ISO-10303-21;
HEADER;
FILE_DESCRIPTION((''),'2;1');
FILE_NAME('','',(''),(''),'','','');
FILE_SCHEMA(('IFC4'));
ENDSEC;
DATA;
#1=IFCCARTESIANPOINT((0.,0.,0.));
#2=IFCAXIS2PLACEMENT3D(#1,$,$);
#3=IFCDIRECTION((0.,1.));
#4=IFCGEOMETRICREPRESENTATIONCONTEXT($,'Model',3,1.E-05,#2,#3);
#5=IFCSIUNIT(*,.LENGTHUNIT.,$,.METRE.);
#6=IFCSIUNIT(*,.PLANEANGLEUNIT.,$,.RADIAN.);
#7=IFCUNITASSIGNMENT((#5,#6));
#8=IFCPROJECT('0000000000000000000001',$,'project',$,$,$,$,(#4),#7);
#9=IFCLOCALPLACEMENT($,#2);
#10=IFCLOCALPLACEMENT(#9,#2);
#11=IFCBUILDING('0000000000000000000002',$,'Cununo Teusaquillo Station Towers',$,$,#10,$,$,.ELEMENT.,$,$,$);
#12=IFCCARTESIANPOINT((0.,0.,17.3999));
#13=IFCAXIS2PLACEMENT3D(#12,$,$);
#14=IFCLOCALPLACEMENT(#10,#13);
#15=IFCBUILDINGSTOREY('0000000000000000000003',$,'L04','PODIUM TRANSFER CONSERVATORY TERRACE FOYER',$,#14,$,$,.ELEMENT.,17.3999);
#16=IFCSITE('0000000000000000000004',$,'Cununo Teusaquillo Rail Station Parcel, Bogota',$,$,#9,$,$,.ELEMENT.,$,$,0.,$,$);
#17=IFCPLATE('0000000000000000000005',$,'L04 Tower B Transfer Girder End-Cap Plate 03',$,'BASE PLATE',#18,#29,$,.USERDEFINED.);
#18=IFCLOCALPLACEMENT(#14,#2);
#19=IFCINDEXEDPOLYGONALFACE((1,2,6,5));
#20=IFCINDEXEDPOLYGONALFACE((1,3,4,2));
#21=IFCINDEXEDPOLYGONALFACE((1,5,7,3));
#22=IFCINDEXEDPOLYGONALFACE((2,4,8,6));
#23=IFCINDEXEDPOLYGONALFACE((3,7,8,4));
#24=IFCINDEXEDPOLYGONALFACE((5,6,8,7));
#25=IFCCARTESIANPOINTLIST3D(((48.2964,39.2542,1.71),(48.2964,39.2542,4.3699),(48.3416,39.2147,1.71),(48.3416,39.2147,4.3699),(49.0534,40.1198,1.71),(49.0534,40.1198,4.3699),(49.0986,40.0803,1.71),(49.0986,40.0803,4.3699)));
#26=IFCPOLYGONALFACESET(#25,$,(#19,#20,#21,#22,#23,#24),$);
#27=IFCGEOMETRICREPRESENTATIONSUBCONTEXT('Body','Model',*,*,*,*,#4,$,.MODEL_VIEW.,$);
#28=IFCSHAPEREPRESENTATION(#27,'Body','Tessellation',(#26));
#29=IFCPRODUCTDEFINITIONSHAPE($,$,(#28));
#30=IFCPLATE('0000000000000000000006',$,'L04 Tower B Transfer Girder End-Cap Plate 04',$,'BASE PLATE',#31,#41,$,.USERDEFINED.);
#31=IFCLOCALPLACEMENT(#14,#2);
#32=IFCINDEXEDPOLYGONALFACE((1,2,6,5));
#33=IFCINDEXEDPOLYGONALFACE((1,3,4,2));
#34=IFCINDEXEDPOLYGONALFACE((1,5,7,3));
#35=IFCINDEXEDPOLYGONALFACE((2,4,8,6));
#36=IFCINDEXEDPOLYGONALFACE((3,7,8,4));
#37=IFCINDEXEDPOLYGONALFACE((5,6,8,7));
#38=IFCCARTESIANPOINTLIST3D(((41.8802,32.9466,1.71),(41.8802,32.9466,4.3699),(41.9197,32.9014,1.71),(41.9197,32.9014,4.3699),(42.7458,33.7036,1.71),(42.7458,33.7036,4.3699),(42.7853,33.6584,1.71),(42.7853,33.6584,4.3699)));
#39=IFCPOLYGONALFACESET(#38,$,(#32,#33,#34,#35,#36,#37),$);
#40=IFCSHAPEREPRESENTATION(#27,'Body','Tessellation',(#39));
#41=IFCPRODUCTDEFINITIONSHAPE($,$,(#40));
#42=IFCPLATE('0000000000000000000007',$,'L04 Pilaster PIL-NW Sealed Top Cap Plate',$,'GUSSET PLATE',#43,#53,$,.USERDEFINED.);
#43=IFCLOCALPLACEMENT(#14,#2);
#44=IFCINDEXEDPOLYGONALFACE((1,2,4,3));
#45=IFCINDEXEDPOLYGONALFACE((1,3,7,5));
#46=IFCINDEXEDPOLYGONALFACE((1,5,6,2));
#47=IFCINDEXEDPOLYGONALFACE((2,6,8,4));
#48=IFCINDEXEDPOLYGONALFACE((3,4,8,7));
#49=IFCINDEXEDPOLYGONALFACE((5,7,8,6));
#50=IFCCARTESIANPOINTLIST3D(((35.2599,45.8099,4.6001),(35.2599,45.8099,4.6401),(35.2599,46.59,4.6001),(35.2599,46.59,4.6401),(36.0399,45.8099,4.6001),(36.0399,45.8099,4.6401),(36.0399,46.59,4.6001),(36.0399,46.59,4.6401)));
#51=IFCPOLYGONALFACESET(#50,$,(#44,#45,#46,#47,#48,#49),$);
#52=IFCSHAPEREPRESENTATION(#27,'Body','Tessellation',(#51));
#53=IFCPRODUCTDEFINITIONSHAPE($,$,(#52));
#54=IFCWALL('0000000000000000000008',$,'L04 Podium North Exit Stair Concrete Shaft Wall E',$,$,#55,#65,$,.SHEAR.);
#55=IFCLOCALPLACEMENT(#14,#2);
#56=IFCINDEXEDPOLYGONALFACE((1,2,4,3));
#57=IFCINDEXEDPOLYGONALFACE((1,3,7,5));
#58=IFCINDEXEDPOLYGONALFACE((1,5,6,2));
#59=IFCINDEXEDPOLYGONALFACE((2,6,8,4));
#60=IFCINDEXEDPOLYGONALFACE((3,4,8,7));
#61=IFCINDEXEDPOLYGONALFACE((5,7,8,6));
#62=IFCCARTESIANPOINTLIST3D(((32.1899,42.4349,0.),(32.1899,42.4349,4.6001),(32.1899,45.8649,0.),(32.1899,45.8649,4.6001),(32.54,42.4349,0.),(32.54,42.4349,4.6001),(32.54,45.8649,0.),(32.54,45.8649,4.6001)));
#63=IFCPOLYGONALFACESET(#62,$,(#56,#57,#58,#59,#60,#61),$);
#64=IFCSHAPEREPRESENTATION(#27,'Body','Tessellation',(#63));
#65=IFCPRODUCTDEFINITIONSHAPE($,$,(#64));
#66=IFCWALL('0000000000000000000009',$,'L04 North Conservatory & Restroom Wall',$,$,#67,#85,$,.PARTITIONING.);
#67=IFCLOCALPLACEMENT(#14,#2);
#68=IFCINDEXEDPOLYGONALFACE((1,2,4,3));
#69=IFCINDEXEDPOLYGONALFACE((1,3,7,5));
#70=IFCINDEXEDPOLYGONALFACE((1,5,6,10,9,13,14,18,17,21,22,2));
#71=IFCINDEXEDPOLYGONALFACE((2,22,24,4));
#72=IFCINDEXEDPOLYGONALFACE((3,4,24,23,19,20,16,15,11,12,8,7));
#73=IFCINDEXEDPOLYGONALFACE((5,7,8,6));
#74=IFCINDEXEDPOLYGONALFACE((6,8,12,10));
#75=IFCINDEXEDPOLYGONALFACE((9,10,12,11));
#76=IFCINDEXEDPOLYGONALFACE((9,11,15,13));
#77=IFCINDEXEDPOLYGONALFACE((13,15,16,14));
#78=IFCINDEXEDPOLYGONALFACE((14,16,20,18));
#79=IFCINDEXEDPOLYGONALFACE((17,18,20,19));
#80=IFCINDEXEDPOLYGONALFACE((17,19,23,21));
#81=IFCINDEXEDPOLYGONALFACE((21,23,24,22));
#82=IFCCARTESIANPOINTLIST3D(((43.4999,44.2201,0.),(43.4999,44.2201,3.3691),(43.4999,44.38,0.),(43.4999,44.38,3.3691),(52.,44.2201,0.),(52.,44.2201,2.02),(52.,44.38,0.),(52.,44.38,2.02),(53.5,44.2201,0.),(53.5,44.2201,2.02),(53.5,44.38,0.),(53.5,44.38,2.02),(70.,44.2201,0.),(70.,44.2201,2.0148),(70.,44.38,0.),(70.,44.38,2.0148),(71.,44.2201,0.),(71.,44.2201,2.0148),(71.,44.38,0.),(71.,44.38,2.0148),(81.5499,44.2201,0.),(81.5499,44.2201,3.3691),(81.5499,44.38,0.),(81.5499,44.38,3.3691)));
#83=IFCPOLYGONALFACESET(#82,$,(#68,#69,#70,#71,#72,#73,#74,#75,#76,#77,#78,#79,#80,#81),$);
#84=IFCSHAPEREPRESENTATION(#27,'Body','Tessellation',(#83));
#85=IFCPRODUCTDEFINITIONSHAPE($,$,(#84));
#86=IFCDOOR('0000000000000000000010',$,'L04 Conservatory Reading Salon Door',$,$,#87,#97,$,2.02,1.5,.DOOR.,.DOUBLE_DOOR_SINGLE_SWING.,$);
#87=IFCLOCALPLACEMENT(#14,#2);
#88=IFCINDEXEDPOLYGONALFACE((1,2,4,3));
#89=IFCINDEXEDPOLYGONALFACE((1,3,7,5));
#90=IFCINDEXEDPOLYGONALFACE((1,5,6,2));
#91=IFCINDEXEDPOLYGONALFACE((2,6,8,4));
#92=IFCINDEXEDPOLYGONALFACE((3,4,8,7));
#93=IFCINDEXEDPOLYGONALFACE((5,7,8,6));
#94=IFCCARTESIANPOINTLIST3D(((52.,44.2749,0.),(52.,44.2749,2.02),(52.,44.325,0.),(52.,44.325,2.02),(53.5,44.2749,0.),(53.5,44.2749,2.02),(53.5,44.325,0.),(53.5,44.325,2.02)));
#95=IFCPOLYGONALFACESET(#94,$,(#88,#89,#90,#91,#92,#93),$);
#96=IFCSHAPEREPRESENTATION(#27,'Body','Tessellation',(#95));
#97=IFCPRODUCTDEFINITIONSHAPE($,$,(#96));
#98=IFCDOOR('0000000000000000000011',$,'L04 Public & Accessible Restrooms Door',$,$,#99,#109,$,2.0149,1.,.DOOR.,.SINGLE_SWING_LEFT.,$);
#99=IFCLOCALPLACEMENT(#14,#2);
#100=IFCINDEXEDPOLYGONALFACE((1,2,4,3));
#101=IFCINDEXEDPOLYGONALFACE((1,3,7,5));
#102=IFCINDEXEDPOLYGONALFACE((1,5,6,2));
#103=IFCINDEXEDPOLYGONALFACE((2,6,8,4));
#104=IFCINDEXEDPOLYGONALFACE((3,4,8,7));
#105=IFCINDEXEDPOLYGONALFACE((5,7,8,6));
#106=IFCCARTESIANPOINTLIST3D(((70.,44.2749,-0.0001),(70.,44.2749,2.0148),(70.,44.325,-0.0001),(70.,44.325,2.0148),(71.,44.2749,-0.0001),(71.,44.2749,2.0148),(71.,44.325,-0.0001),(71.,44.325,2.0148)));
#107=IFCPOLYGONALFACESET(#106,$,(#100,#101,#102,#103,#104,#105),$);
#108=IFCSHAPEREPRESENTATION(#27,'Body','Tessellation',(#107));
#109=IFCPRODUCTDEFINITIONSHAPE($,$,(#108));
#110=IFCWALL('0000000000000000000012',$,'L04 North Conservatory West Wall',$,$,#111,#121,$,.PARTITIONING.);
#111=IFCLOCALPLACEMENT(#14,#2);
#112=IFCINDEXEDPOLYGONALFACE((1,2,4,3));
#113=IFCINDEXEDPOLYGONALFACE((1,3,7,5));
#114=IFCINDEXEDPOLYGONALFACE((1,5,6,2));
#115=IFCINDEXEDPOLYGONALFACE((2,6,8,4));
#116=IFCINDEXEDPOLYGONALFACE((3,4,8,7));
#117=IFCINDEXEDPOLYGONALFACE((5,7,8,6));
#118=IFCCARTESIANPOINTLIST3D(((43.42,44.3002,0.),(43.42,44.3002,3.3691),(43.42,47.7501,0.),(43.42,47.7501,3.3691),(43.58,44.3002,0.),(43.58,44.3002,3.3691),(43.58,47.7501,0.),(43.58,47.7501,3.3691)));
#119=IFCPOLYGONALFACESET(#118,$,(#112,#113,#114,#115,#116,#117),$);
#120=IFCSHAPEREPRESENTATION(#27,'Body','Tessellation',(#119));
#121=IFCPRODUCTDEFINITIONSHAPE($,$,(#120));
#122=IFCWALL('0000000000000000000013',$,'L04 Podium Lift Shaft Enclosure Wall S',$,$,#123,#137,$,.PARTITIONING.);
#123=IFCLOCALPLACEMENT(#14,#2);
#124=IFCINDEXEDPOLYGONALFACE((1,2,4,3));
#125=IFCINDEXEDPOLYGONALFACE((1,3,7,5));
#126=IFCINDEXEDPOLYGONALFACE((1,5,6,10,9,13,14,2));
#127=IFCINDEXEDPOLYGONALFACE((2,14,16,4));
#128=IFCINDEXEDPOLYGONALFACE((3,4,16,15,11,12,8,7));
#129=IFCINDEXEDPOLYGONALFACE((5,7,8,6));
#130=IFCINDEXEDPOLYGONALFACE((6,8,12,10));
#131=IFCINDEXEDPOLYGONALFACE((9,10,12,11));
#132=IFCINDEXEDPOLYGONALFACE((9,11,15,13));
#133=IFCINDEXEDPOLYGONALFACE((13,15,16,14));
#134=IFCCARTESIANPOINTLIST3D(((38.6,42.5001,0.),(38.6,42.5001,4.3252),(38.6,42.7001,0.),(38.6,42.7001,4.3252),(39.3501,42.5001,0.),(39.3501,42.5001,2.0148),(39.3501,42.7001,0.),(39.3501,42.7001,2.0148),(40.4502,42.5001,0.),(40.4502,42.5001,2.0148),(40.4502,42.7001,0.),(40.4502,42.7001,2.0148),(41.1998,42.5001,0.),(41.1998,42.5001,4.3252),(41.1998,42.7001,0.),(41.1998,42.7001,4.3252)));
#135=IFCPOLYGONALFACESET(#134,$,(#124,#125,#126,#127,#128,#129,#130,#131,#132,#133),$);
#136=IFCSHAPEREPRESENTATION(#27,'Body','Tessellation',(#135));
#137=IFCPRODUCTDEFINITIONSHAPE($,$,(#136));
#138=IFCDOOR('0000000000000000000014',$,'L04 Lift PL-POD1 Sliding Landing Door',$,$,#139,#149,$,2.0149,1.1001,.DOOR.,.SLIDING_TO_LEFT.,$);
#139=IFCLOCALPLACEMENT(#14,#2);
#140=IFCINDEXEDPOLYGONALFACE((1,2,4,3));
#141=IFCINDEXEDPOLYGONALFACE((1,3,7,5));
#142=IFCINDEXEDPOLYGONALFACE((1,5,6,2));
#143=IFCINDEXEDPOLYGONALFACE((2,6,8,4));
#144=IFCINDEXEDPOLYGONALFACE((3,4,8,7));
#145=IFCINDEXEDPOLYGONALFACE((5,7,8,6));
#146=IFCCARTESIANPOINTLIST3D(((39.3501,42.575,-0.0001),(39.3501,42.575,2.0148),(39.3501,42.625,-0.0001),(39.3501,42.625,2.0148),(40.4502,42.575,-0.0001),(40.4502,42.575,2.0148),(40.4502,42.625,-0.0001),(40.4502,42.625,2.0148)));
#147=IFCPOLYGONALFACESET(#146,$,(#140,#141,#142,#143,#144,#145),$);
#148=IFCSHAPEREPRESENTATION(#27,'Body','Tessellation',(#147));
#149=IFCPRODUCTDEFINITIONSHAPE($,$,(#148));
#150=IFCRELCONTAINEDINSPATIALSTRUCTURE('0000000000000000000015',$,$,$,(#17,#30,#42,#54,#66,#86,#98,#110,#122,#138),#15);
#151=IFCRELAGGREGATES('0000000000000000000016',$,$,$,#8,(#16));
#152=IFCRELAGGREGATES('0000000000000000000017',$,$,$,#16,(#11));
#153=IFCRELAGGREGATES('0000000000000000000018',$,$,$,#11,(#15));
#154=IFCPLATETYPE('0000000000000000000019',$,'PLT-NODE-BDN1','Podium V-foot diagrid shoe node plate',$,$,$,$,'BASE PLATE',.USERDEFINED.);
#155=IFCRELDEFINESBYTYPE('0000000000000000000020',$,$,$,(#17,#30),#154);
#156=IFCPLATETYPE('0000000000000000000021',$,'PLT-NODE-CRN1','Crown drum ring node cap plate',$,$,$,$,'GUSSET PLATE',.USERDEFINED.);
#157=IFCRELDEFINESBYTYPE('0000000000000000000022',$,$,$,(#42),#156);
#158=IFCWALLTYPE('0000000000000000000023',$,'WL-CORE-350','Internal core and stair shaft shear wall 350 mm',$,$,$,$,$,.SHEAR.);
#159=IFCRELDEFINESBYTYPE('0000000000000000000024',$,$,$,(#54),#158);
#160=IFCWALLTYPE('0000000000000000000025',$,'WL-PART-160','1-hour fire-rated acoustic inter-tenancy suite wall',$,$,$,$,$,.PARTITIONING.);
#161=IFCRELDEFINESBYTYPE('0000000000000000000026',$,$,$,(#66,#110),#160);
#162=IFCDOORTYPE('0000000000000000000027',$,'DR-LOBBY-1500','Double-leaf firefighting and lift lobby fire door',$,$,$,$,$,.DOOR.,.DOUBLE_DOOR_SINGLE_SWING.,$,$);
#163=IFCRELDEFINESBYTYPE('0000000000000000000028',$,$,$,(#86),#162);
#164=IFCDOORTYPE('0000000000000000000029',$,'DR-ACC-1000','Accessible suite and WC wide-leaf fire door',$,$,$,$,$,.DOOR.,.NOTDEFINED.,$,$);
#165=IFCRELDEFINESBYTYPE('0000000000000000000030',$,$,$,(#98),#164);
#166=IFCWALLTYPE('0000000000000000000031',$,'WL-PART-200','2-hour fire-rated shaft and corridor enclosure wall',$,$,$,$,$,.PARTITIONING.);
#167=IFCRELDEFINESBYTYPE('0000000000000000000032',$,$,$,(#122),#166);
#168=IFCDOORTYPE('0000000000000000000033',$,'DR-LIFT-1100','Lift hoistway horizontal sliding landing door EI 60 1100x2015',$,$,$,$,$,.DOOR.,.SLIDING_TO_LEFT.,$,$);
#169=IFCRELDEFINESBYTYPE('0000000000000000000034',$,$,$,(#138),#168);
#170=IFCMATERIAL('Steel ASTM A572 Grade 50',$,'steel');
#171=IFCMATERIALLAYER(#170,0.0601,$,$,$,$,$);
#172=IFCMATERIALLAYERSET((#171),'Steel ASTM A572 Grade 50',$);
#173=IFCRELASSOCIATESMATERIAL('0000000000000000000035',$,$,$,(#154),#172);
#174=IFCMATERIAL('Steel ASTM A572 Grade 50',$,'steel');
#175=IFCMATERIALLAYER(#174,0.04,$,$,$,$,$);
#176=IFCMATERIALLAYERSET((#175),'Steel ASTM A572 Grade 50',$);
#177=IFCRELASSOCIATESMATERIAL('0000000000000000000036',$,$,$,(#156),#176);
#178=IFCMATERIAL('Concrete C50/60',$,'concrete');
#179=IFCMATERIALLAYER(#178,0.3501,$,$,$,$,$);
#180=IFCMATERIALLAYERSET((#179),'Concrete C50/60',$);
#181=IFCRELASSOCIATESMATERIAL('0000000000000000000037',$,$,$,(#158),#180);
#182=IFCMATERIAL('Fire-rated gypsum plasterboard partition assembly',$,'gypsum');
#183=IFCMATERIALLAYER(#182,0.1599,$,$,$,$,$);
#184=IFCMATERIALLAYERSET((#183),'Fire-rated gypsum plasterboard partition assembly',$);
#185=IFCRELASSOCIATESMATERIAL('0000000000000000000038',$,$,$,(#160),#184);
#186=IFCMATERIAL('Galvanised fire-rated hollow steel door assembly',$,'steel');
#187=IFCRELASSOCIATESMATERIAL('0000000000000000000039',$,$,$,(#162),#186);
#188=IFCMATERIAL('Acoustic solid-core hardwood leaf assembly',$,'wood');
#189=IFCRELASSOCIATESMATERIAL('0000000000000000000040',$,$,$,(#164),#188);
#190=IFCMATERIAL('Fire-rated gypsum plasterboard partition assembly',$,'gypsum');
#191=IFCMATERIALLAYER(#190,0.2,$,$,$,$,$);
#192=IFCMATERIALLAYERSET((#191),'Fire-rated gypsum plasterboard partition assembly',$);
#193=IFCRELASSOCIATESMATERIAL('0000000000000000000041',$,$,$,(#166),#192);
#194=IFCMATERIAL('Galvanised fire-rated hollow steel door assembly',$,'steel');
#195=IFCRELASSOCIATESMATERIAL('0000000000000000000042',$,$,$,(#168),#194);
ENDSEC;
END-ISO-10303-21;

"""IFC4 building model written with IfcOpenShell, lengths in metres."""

from ifc_helpers import new_model, si_unit, direction, frame, frame_2d, origin, origin_2d, place, context, subcontext, project, spatial, rectangle, extrude, source, transform, mapped, material, layer, layer_set, type_object, element, fill, save


model = new_model("IFC4")

# Units and contexts
model_context = context("Model", 3, precision=1e-05, world=origin(), true_north=direction((0.0, 1.0)))
body_context = subcontext(model_context, "Body", "Model", "MODEL_VIEW")
ifc_project = project(units=[si_unit("LENGTHUNIT", "METRE"), si_unit("PLANEANGLEUNIT", "RADIAN")], contexts=[model_context])

# Site, building, storey
site_placement = place(None, origin())
site = spatial("IfcSite", under=ifc_project, at=site_placement, Name="Cununo Teusaquillo Rail Station Parcel, Bogota", CompositionType="ELEMENT", RefElevation=0.0)
building_placement = place(site_placement, origin())
building = spatial("IfcBuilding", under=site, at=building_placement, Name="Cununo Teusaquillo Station Towers", CompositionType="ELEMENT")
storey_placement = place(building_placement, frame((0.0, 0.0, 17.3999)))
storey = spatial("IfcBuildingStorey", under=building, at=storey_placement, Name="L04", Description="PODIUM TRANSFER CONSERVATORY TERRACE FOYER", CompositionType="ELEMENT", Elevation=17.3999)

# Plates
ifc_material_1 = material(Name="Steel ASTM A572 Grade 50", Category="steel")
ifc_layer_1 = layer(ifc_material_1, 0.0601)
ifc_layer_set_1 = layer_set([ifc_layer_1], Name="Steel ASTM A572 Grade 50")
plate_type_1 = type_object("IfcPlateType", Name="PLT-NODE-BDN1", Description="Podium V-foot diagrid shoe node plate", ElementType="BASE PLATE", PredefinedType="USERDEFINED", material=ifc_layer_set_1)
shared_shape_1 = source(origin(), body_context, "Body", "SweptSolid", [
    extrude(rectangle(XDim=0.0601, YDim=1.1499, at=origin_2d()), origin(), (0.0, 0.0, 1.0), 2.6599),
])
for number, where, z_axis, x_axis, name in (
    (1, (48.6975, 39.6672, 1.71), (0.0, 0.0, 1.0), (-0.75276, 0.658295, 0.0), "L04 Tower B Transfer Girder End-Cap Plate 03"),
    (2, (42.3328, 33.3025, 1.71), (0.0, 0.0, 1.0), (-0.658295, 0.75276, 0.0), "L04 Tower B Transfer Girder End-Cap Plate 04"),
):
    element("IfcPlate", number, at=place(storey_placement, frame(where, z_axis=z_axis, x_axis=x_axis)), inside=storey, type_object=plate_type_1, Name=name, ObjectType="BASE PLATE", PredefinedType="USERDEFINED", context=body_context, shape_type="MappedRepresentation", body=[
        mapped(shared_shape_1, transform((0.0, 0.0, 0.0), x_axis=(1.0, 0.0, 0.0), y_axis=(0.0, 1.0, 0.0), z_axis=(0.0, 0.0, 1.0), scale=1.0)),
    ])
ifc_material_2 = material(Name="Steel ASTM A572 Grade 50", Category="steel")
ifc_layer_2 = layer(ifc_material_2, 0.04)
ifc_layer_set_2 = layer_set([ifc_layer_2], Name="Steel ASTM A572 Grade 50")
plate_type_2 = type_object("IfcPlateType", Name="PLT-NODE-CRN1", Description="Crown drum ring node cap plate", ElementType="GUSSET PLATE", PredefinedType="USERDEFINED", material=ifc_layer_set_2)
shared_shape_2 = source(origin(), body_context, "Body", "SweptSolid", [
    extrude(rectangle(XDim=0.78, YDim=0.78, at=origin_2d()), origin(), (0.0, 0.0, 1.0), 0.04),
])
plate_placement = place(storey_placement, frame((35.6499, 46.2, 4.6001), z_axis=(0.0, 0.0, 1.0), x_axis=(1.0, 0.0, 0.0)))
element("IfcPlate", 3, at=plate_placement, inside=storey, type_object=plate_type_2, Name="L04 Pilaster PIL-NW Sealed Top Cap Plate", ObjectType="GUSSET PLATE", PredefinedType="USERDEFINED", context=body_context, shape_type="MappedRepresentation", body=[
    mapped(shared_shape_2, transform((0.0, 0.0, 0.0), x_axis=(1.0, 0.0, 0.0), y_axis=(0.0, 1.0, 0.0), z_axis=(0.0, 0.0, 1.0), scale=1.0)),
])

# Wall
ifc_material_3 = material(Name="Concrete C50/60", Category="concrete")
ifc_layer_3 = layer(ifc_material_3, 0.3501)
ifc_layer_set_3 = layer_set([ifc_layer_3], Name="Concrete C50/60")
wall_type_1 = type_object("IfcWallType", Name="WL-CORE-350", Description="Internal core and stair shaft shear wall 350 mm", PredefinedType="SHEAR", material=ifc_layer_set_3)
wall_1_placement = place(storey_placement, frame((32.365, 42.4351, 0.0), z_axis=(0.0, 0.0, 1.0), x_axis=(0.0, 1.0, 0.0)))
element("IfcWall", 4, at=wall_1_placement, inside=storey, type_object=wall_type_1, Name="L04 Podium North Exit Stair Concrete Shaft Wall E", PredefinedType="SHEAR", context=body_context, shape_type="SweptSolid", body=[
    extrude(rectangle(XDim=3.4299, YDim=0.3501, at=frame_2d((1.7148, 0.0))), origin(), (0.0, 0.0, 1.0), 4.6001),
])

# Wall, openings, doors
ifc_material_4 = material(Name="Fire-rated gypsum plasterboard partition assembly", Category="gypsum")
ifc_layer_4 = layer(ifc_material_4, 0.1599)
ifc_layer_set_4 = layer_set([ifc_layer_4], Name="Fire-rated gypsum plasterboard partition assembly")
wall_type_2 = type_object("IfcWallType", Name="WL-PART-160", Description="1-hour fire-rated acoustic inter-tenancy suite wall", PredefinedType="PARTITIONING", material=ifc_layer_set_4)
wall_2_placement = place(storey_placement, frame((43.5, 44.3, 0.0), z_axis=(0.0, 0.0, 1.0), x_axis=(1.0, 0.0, 0.0)))
wall_2 = element("IfcWall", 5, at=wall_2_placement, inside=storey, type_object=wall_type_2, Name="L04 North Conservatory & Restroom Wall", PredefinedType="PARTITIONING", context=body_context, shape_type="SweptSolid", body=[
    extrude(rectangle(XDim=38.05, YDim=0.1599, at=frame_2d((19.0249, 0.0))), origin(), (0.0, 0.0, 1.0), 3.3691),
])
shared_shape_3 = source(origin(), body_context, "Body", "SweptSolid", [
    extrude(rectangle(XDim=1.5, YDim=2.02, at=frame_2d((0.75, 1.01))), frame((0.0, 0.0898, 0.0), z_axis=(0.0, -1.0, 0.0), x_axis=(1.0, 0.0, 0.0)), (0.0, 0.0, 1.0), 0.1799),
])
opening_1_placement = place(wall_2_placement, frame((8.5, 0.0, 0.0)))
opening_1 = element("IfcOpeningElement", 6, at=opening_1_placement, cuts=wall_2, PredefinedType="OPENING", context=body_context, shape_type="MappedRepresentation", body=[
    mapped(shared_shape_3, transform((0.0, 0.0, 0.0), x_axis=(1.0, 0.0, 0.0), y_axis=(0.0, 1.0, 0.0), z_axis=(0.0, 0.0, 1.0), scale=1.0)),
])
shared_shape_4 = source(origin(), body_context, "Body", "SweptSolid", [
    extrude(rectangle(XDim=1.0, YDim=2.0149, at=frame_2d((0.5, 1.0073))), frame((0.0, 0.0898, 0.0), z_axis=(0.0, -1.0, 0.0), x_axis=(1.0, 0.0, 0.0)), (0.0, 0.0, 1.0), 0.1799),
])
opening_2_placement = place(wall_2_placement, frame((26.5, 0.0, 0.0)))
opening_2 = element("IfcOpeningElement", 7, at=opening_2_placement, cuts=wall_2, PredefinedType="OPENING", context=body_context, shape_type="MappedRepresentation", body=[
    mapped(shared_shape_4, transform((0.0, 0.0, 0.0), x_axis=(1.0, 0.0, 0.0), y_axis=(0.0, 1.0, 0.0), z_axis=(0.0, 0.0, 1.0), scale=1.0)),
])
ifc_material_5 = material(Name="Galvanised fire-rated hollow steel door assembly", Category="steel")
door_type_1 = type_object("IfcDoorType", Name="DR-LOBBY-1500", Description="Double-leaf firefighting and lift lobby fire door", OperationType="DOUBLE_DOOR_SINGLE_SWING", PredefinedType="DOOR", material=ifc_material_5)
shared_shape_5 = source(origin(), body_context, "Body", "SweptSolid", [
    extrude(rectangle(XDim=1.5, YDim=2.02, at=frame_2d((0.75, 1.01))), frame((0.0, 0.0249, 0.0), z_axis=(0.0, -1.0, 0.0), x_axis=(1.0, 0.0, 0.0)), (0.0, 0.0, 1.0), 0.05),
])
door_1_placement = place(opening_1_placement, origin())
door_1 = element("IfcDoor", 8, at=door_1_placement, inside=storey, type_object=door_type_1, Name="L04 Conservatory Reading Salon Door", OperationType="DOUBLE_DOOR_SINGLE_SWING", OverallHeight=2.02, OverallWidth=1.5, PredefinedType="DOOR", context=body_context, shape_type="MappedRepresentation", body=[
    mapped(shared_shape_5, transform((0.0, 0.0, 0.0), x_axis=(1.0, 0.0, 0.0), y_axis=(0.0, 1.0, 0.0), z_axis=(0.0, 0.0, 1.0), scale=1.0)),
])
fill(opening_1, door_1)
ifc_material_6 = material(Name="Acoustic solid-core hardwood leaf assembly", Category="wood")
door_type_2 = type_object("IfcDoorType", Name="DR-ACC-1000", Description="Accessible suite and WC wide-leaf fire door", OperationType="NOTDEFINED", PredefinedType="DOOR", material=ifc_material_6)
shared_shape_6 = source(origin(), body_context, "Body", "SweptSolid", [
    extrude(rectangle(XDim=1.0, YDim=2.0149, at=frame_2d((0.5, 1.0073))), frame((0.0, 0.0249, 0.0), z_axis=(0.0, -1.0, 0.0), x_axis=(1.0, 0.0, 0.0)), (0.0, 0.0, 1.0), 0.05),
])
door_2_placement = place(opening_2_placement, origin())
door_2 = element("IfcDoor", 9, at=door_2_placement, inside=storey, type_object=door_type_2, Name="L04 Public & Accessible Restrooms Door", OperationType="SINGLE_SWING_LEFT", OverallHeight=2.0149, OverallWidth=1.0, PredefinedType="DOOR", context=body_context, shape_type="MappedRepresentation", body=[
    mapped(shared_shape_6, transform((0.0, 0.0, 0.0), x_axis=(1.0, 0.0, 0.0), y_axis=(0.0, 1.0, 0.0), z_axis=(0.0, 0.0, 1.0), scale=1.0)),
])
fill(opening_2, door_2)

# Wall
wall_3_placement = place(storey_placement, frame((43.5, 44.3, 0.0), z_axis=(0.0, 0.0, 1.0), x_axis=(0.0, 1.0, 0.0)))
element("IfcWall", 10, at=wall_3_placement, inside=storey, type_object=wall_type_2, Name="L04 North Conservatory West Wall", PredefinedType="PARTITIONING", context=body_context, shape_type="SweptSolid", body=[
    extrude(rectangle(XDim=3.45, YDim=0.1599, at=frame_2d((1.7251, 0.0))), origin(), (0.0, 0.0, 1.0), 3.3691),
])

# Wall, opening, door
ifc_material_7 = material(Name="Fire-rated gypsum plasterboard partition assembly", Category="gypsum")
ifc_layer_5 = layer(ifc_material_7, 0.2)
ifc_layer_set_5 = layer_set([ifc_layer_5], Name="Fire-rated gypsum plasterboard partition assembly")
wall_type_3 = type_object("IfcWallType", Name="WL-PART-200", Description="2-hour fire-rated shaft and corridor enclosure wall", PredefinedType="PARTITIONING", material=ifc_layer_set_5)
wall_4_placement = place(storey_placement, frame((38.6001, 42.6001, 0.0), z_axis=(0.0, 0.0, 1.0), x_axis=(1.0, 0.0, 0.0)))
wall_4 = element("IfcWall", 11, at=wall_4_placement, inside=storey, type_object=wall_type_3, Name="L04 Podium Lift Shaft Enclosure Wall S", PredefinedType="PARTITIONING", context=body_context, shape_type="SweptSolid", body=[
    extrude(rectangle(XDim=2.5999, YDim=0.2, at=frame_2d((1.2998, 0.0))), origin(), (0.0, 0.0, 1.0), 4.3252),
])
shared_shape_7 = source(origin(), body_context, "Body", "SweptSolid", [
    extrude(rectangle(XDim=1.1001, YDim=2.0149, at=frame_2d((0.55, 1.0073))), frame((0.0, 0.1099, 0.0), z_axis=(0.0, -1.0, 0.0), x_axis=(1.0, 0.0, 0.0)), (0.0, 0.0, 1.0), 0.22),
])
opening_3_placement = place(wall_4_placement, frame((0.75, 0.0, 0.0)))
opening_3 = element("IfcOpeningElement", 12, at=opening_3_placement, cuts=wall_4, PredefinedType="OPENING", context=body_context, shape_type="MappedRepresentation", body=[
    mapped(shared_shape_7, transform((0.0, 0.0, 0.0), x_axis=(1.0, 0.0, 0.0), y_axis=(0.0, 1.0, 0.0), z_axis=(0.0, 0.0, 1.0), scale=1.0)),
])
ifc_material_8 = material(Name="Galvanised fire-rated hollow steel door assembly", Category="steel")
door_type_3 = type_object("IfcDoorType", Name="DR-LIFT-1100", Description="Lift hoistway horizontal sliding landing door EI 60 1100x2015", OperationType="SLIDING_TO_LEFT", PredefinedType="DOOR", material=ifc_material_8)
shared_shape_8 = source(origin(), body_context, "Body", "SweptSolid", [
    extrude(rectangle(XDim=1.1001, YDim=2.0149, at=frame_2d((0.55, 1.0073))), frame((0.0, 0.0249, 0.0), z_axis=(0.0, -1.0, 0.0), x_axis=(1.0, 0.0, 0.0)), (0.0, 0.0, 1.0), 0.05),
])
door_3_placement = place(opening_3_placement, origin())
door_3 = element("IfcDoor", 13, at=door_3_placement, inside=storey, type_object=door_type_3, Name="L04 Lift PL-POD1 Sliding Landing Door", OperationType="SLIDING_TO_LEFT", OverallHeight=2.0149, OverallWidth=1.1001, PredefinedType="DOOR", context=body_context, shape_type="MappedRepresentation", body=[
    mapped(shared_shape_8, transform((0.0, 0.0, 0.0), x_axis=(1.0, 0.0, 0.0), y_axis=(0.0, 1.0, 0.0), z_axis=(0.0, 0.0, 1.0), scale=1.0)),
])
fill(opening_3, door_3)

save(model, "model.ifc")
